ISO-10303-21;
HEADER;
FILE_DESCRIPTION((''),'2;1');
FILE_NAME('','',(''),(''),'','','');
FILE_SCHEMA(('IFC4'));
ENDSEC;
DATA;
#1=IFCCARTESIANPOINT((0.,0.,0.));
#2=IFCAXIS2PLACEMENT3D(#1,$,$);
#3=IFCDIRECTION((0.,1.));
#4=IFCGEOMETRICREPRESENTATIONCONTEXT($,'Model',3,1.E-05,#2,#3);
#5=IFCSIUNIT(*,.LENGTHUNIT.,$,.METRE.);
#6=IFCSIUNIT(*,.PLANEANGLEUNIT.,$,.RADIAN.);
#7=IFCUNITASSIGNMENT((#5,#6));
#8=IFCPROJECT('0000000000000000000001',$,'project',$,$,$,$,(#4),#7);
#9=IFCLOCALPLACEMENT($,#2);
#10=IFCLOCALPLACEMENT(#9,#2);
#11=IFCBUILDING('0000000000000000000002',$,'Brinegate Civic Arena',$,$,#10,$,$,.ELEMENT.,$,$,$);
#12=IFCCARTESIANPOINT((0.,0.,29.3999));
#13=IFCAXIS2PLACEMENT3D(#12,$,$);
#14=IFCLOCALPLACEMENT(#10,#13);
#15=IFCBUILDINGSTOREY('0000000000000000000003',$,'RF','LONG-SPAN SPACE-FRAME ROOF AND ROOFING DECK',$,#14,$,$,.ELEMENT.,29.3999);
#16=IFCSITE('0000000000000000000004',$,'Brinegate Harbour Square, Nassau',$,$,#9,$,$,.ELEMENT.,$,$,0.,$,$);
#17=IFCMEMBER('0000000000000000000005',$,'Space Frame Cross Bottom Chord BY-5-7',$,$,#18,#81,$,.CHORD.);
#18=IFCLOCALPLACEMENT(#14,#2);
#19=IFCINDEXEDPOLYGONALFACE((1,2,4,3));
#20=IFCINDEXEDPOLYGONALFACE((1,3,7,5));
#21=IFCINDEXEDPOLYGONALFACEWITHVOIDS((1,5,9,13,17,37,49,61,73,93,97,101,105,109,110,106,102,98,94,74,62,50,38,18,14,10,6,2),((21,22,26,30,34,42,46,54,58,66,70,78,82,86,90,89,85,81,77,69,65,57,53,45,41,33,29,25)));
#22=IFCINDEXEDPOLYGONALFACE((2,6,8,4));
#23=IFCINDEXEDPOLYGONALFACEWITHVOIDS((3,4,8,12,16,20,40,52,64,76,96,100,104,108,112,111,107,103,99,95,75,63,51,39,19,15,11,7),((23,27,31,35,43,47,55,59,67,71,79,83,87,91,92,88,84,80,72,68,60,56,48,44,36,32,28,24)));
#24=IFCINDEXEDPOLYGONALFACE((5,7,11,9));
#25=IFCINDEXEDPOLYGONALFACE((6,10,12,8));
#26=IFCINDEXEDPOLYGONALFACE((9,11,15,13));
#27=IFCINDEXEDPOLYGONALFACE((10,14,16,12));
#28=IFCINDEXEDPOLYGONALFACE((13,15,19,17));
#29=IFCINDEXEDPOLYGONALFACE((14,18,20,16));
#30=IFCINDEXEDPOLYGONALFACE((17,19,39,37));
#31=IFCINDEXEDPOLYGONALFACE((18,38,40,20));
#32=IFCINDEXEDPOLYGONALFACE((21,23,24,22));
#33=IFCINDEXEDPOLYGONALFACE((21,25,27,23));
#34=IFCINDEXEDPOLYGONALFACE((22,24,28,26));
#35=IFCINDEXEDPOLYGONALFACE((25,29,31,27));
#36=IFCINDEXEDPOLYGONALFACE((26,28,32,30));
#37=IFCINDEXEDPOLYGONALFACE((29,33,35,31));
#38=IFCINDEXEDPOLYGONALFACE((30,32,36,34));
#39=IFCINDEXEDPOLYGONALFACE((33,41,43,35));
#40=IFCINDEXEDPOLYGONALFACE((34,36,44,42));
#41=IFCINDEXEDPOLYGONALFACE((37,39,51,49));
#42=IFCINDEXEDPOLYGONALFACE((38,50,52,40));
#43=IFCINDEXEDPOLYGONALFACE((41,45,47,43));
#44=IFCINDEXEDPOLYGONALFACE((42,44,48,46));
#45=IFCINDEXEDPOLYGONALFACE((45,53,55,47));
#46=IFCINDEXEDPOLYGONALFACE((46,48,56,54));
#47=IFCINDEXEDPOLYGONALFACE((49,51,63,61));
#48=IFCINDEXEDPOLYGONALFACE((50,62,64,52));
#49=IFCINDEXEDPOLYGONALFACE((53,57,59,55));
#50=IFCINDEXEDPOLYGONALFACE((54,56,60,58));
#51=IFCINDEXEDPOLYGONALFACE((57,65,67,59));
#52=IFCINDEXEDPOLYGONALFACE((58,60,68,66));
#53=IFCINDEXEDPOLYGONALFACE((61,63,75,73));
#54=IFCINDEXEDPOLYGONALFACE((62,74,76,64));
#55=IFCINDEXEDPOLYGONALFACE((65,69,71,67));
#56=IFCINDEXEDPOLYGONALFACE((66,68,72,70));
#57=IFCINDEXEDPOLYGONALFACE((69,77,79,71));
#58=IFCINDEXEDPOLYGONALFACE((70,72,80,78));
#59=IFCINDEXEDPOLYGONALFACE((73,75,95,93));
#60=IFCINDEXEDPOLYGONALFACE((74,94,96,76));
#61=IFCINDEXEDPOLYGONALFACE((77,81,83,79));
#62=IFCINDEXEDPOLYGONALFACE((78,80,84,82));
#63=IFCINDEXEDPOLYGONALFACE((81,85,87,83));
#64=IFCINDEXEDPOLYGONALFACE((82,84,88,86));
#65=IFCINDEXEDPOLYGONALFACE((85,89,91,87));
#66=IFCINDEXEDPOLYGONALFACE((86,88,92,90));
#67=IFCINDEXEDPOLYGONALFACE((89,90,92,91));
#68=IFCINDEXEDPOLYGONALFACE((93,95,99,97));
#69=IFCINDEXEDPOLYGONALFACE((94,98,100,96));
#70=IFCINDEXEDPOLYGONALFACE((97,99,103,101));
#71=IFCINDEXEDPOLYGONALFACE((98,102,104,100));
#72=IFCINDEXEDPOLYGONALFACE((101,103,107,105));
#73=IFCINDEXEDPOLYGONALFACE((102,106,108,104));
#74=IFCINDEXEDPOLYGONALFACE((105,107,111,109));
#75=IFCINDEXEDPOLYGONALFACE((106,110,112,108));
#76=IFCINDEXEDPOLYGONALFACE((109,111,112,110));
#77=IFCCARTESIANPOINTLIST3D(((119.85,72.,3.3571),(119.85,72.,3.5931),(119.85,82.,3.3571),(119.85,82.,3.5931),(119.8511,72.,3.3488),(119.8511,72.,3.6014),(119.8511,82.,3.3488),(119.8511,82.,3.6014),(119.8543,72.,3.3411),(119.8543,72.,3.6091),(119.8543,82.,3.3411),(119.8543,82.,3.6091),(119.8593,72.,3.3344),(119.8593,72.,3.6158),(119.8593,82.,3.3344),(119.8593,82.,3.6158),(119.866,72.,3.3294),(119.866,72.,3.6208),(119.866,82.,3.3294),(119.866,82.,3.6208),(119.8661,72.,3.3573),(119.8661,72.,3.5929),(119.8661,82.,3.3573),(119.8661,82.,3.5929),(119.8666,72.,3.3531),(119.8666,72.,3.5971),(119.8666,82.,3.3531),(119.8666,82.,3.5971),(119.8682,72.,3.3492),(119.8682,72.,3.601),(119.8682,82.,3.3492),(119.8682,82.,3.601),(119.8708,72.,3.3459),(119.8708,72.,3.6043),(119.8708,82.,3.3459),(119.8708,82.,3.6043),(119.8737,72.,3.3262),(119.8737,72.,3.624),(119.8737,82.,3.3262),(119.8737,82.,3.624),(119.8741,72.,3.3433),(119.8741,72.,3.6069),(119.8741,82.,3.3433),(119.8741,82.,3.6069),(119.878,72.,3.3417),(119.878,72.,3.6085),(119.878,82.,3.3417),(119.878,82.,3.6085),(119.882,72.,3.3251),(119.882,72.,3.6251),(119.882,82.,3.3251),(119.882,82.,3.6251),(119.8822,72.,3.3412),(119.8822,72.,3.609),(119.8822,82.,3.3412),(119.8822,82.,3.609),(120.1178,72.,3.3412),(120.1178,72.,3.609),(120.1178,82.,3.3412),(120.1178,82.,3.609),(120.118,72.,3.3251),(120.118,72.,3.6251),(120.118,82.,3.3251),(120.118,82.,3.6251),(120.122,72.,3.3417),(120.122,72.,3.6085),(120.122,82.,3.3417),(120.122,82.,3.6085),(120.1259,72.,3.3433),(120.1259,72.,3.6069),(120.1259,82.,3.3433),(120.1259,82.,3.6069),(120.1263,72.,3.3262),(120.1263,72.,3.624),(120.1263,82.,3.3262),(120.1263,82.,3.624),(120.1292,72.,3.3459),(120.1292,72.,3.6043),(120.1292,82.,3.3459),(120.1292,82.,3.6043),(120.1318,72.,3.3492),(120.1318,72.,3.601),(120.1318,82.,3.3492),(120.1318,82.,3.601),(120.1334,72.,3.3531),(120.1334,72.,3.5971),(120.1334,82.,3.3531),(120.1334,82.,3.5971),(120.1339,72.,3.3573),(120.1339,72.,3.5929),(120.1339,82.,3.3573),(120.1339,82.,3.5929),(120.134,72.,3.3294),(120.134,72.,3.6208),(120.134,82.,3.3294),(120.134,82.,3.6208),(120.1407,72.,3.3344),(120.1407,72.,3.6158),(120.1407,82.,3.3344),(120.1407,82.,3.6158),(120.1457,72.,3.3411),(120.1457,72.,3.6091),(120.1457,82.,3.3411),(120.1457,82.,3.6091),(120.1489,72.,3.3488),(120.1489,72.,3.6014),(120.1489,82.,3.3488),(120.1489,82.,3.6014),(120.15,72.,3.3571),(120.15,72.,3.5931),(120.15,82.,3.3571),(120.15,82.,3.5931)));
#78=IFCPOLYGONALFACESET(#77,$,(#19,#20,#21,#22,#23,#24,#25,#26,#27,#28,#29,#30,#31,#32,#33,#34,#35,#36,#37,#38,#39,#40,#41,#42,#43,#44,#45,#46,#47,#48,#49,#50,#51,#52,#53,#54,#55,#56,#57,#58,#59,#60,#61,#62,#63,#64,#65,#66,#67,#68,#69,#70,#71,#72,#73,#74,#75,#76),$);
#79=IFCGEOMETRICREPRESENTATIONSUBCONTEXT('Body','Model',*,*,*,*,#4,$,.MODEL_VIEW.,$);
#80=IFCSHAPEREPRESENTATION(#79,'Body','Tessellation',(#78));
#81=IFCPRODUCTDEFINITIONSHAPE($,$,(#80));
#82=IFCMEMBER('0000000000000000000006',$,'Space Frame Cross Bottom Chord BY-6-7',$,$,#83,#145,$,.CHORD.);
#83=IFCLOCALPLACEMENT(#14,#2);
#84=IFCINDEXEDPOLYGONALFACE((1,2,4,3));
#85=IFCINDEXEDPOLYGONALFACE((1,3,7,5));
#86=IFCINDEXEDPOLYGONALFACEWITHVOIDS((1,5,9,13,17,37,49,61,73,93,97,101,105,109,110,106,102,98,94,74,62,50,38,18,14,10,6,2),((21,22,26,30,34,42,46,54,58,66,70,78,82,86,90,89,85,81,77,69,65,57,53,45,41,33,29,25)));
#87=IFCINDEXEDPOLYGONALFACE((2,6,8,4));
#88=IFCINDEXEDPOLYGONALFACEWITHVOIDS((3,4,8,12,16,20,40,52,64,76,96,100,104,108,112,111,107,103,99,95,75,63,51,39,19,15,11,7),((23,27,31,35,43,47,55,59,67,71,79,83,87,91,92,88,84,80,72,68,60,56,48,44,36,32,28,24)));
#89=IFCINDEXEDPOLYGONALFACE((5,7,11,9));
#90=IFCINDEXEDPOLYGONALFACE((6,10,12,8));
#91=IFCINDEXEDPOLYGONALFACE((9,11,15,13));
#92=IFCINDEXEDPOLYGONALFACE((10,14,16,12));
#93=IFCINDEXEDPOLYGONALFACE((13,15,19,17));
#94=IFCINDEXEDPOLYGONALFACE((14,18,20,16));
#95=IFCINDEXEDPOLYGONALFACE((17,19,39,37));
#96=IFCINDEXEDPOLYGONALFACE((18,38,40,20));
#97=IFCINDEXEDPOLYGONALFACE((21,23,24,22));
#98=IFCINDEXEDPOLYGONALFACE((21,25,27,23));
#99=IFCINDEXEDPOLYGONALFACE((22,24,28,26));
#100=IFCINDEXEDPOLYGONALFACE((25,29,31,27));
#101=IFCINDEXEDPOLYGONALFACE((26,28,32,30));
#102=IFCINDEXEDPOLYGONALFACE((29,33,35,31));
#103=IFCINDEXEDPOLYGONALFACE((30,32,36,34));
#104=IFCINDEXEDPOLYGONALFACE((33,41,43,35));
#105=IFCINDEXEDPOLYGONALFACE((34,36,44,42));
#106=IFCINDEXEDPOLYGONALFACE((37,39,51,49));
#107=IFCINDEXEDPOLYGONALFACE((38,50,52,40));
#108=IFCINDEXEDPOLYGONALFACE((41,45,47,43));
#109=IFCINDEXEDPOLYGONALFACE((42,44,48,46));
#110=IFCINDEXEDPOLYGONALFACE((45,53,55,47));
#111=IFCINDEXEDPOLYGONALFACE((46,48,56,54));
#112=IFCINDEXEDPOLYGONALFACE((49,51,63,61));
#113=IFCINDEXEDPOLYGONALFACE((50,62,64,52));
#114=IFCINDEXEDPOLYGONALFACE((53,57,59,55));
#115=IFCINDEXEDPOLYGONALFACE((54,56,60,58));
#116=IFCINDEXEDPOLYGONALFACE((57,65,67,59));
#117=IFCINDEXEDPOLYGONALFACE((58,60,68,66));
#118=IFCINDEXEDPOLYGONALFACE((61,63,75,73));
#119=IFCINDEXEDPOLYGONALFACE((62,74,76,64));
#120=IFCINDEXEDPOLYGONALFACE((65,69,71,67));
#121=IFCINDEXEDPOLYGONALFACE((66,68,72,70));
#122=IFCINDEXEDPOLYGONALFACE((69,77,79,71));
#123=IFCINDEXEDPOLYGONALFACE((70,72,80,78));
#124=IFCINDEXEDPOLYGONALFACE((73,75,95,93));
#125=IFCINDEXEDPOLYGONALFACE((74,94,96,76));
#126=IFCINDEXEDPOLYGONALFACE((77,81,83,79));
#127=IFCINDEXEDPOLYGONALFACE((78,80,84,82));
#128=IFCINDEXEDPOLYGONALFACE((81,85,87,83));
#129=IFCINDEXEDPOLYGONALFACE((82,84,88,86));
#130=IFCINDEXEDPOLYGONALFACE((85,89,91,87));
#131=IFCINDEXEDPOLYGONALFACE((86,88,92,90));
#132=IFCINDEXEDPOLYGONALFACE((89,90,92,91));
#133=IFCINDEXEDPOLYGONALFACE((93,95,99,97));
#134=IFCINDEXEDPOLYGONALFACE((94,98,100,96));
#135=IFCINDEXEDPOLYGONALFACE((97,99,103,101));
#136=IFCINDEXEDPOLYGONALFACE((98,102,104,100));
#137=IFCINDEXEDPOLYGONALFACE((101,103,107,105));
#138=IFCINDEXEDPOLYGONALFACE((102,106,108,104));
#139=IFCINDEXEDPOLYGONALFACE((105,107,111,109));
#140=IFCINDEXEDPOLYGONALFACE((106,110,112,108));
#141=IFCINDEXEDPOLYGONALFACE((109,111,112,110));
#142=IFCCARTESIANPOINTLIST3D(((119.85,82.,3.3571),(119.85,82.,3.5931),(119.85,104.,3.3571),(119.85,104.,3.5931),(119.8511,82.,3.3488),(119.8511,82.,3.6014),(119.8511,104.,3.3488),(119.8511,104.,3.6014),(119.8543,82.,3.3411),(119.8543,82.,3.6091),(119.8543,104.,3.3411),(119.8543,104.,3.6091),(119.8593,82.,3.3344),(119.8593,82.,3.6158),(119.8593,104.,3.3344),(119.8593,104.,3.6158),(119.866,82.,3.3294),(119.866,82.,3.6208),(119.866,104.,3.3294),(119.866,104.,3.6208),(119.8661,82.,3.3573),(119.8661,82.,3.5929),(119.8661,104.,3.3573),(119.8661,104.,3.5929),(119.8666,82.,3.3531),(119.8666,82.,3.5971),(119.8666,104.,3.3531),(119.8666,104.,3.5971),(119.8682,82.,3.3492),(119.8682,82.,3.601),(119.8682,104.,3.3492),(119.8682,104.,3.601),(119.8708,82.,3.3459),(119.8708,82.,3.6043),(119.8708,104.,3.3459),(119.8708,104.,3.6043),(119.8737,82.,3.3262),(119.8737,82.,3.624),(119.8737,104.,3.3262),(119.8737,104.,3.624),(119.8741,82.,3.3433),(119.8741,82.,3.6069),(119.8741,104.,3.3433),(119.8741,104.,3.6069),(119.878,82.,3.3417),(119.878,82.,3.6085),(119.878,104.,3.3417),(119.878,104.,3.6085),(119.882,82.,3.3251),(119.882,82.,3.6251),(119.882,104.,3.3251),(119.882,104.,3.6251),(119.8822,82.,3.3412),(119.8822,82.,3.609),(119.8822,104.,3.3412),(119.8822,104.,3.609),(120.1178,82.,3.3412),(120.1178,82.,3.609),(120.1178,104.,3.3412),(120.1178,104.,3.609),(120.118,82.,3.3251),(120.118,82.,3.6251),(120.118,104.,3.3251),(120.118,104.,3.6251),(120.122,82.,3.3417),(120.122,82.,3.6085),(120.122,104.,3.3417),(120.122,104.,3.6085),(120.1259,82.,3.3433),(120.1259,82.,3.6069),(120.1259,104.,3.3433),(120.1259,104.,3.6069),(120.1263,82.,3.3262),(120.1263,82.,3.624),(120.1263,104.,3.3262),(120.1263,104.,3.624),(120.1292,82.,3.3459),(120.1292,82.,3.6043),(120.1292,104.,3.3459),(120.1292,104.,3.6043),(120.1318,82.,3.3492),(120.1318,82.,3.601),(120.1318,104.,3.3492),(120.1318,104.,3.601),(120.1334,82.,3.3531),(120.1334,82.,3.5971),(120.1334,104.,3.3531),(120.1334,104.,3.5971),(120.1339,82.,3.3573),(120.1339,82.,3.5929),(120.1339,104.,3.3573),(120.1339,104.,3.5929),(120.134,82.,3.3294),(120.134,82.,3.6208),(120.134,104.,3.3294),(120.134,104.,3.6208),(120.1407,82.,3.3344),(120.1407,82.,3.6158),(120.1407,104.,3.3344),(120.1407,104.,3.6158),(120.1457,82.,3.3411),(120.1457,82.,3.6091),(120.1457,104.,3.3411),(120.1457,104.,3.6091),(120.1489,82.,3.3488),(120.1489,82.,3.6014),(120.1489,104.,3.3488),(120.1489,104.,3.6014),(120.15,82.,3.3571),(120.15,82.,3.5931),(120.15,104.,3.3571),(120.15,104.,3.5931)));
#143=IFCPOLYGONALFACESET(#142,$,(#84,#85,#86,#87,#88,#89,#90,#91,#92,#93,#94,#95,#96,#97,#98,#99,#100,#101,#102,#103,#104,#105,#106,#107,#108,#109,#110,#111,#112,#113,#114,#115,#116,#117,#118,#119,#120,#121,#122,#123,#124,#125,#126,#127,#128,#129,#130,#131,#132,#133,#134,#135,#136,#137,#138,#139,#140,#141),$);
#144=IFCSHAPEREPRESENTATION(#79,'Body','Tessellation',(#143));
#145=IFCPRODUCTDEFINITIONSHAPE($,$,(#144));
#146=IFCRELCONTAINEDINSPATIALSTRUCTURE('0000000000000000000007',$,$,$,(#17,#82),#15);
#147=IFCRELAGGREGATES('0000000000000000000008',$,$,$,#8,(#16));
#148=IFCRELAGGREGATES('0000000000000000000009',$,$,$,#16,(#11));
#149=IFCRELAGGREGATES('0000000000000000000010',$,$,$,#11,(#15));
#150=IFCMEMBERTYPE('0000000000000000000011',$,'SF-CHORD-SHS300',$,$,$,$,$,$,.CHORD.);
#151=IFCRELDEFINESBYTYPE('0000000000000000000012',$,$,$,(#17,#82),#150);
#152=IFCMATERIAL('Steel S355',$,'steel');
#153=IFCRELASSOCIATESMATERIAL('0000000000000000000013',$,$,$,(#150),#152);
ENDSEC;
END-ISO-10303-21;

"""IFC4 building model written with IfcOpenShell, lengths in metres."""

from ifc_helpers import new_model, si_unit, direction, frame, origin, origin_2d, place, context, subcontext, project, spatial, hollow_rectangle, extrude, material, material_profile, profile_set, type_object, element, save


model = new_model("IFC4")

# Units and contexts
model_context = context("Model", 3, precision=1e-05, world=origin(), true_north=direction((0.0, 1.0)))
body_context = subcontext(model_context, "Body", "Model", "MODEL_VIEW")
ifc_project = project(units=[si_unit("LENGTHUNIT", "METRE"), si_unit("PLANEANGLEUNIT", "RADIAN")], contexts=[model_context])

# Site, building, storey
site_placement = place(None, origin())
site = spatial("IfcSite", under=ifc_project, at=site_placement, Name="Brinegate Harbour Square, Nassau", CompositionType="ELEMENT", RefElevation=0.0)
building_placement = place(site_placement, origin())
building = spatial("IfcBuilding", under=site, at=building_placement, Name="Brinegate Civic Arena", CompositionType="ELEMENT")
storey_placement = place(building_placement, frame((0.0, 0.0, 29.3999)))
storey = spatial("IfcBuildingStorey", under=building, at=storey_placement, Name="RF", Description="LONG-SPAN SPACE-FRAME ROOF AND ROOFING DECK", CompositionType="ELEMENT", Elevation=29.3999)

# Members
ifc_material = material(Name="Steel S355", Category="steel")
ifc_material_profile_1 = material_profile(ifc_material, hollow_rectangle(XDim=0.3, YDim=0.3, WallThickness=0.0161, InnerFilletRadius=0.0161, OuterFilletRadius=0.032, at=origin_2d()), Name="SHS300X16")
ifc_profile_set_1 = profile_set([ifc_material_profile_1], Name="Steel S355")
member_type_1 = type_object("IfcMemberType", Name="SF-CHORD-SHS300", PredefinedType="CHORD", material=ifc_profile_set_1)
member_1_placement = place(storey_placement, frame((120.0, 72.0, 3.4751), z_axis=(0.0, 1.0, 0.0), x_axis=(-1.0, 0.0, 0.0)))
element("IfcMember", 1, at=member_1_placement, inside=storey, type_object=member_type_1, Name="Space Frame Cross Bottom Chord BY-5-7", PredefinedType="CHORD", context=body_context, shape_type="SweptSolid", body=[
    extrude(hollow_rectangle(XDim=0.3, YDim=0.3, WallThickness=0.0161, InnerFilletRadius=0.0161, OuterFilletRadius=0.032, at=origin_2d()), origin(), (0.0, 0.0, 1.0), 10.0),
])
member_2_placement = place(storey_placement, frame((120.0, 82.0, 3.4751), z_axis=(0.0, 1.0, 0.0), x_axis=(-1.0, 0.0, 0.0)))
element("IfcMember", 2, at=member_2_placement, inside=storey, type_object=member_type_1, Name="Space Frame Cross Bottom Chord BY-6-7", PredefinedType="CHORD", context=body_context, shape_type="SweptSolid", body=[
    extrude(hollow_rectangle(XDim=0.3, YDim=0.3, WallThickness=0.0161, InnerFilletRadius=0.0161, OuterFilletRadius=0.032, at=origin_2d()), origin(), (0.0, 0.0, 1.0), 22.0),
])

save(model, "model.ifc")
